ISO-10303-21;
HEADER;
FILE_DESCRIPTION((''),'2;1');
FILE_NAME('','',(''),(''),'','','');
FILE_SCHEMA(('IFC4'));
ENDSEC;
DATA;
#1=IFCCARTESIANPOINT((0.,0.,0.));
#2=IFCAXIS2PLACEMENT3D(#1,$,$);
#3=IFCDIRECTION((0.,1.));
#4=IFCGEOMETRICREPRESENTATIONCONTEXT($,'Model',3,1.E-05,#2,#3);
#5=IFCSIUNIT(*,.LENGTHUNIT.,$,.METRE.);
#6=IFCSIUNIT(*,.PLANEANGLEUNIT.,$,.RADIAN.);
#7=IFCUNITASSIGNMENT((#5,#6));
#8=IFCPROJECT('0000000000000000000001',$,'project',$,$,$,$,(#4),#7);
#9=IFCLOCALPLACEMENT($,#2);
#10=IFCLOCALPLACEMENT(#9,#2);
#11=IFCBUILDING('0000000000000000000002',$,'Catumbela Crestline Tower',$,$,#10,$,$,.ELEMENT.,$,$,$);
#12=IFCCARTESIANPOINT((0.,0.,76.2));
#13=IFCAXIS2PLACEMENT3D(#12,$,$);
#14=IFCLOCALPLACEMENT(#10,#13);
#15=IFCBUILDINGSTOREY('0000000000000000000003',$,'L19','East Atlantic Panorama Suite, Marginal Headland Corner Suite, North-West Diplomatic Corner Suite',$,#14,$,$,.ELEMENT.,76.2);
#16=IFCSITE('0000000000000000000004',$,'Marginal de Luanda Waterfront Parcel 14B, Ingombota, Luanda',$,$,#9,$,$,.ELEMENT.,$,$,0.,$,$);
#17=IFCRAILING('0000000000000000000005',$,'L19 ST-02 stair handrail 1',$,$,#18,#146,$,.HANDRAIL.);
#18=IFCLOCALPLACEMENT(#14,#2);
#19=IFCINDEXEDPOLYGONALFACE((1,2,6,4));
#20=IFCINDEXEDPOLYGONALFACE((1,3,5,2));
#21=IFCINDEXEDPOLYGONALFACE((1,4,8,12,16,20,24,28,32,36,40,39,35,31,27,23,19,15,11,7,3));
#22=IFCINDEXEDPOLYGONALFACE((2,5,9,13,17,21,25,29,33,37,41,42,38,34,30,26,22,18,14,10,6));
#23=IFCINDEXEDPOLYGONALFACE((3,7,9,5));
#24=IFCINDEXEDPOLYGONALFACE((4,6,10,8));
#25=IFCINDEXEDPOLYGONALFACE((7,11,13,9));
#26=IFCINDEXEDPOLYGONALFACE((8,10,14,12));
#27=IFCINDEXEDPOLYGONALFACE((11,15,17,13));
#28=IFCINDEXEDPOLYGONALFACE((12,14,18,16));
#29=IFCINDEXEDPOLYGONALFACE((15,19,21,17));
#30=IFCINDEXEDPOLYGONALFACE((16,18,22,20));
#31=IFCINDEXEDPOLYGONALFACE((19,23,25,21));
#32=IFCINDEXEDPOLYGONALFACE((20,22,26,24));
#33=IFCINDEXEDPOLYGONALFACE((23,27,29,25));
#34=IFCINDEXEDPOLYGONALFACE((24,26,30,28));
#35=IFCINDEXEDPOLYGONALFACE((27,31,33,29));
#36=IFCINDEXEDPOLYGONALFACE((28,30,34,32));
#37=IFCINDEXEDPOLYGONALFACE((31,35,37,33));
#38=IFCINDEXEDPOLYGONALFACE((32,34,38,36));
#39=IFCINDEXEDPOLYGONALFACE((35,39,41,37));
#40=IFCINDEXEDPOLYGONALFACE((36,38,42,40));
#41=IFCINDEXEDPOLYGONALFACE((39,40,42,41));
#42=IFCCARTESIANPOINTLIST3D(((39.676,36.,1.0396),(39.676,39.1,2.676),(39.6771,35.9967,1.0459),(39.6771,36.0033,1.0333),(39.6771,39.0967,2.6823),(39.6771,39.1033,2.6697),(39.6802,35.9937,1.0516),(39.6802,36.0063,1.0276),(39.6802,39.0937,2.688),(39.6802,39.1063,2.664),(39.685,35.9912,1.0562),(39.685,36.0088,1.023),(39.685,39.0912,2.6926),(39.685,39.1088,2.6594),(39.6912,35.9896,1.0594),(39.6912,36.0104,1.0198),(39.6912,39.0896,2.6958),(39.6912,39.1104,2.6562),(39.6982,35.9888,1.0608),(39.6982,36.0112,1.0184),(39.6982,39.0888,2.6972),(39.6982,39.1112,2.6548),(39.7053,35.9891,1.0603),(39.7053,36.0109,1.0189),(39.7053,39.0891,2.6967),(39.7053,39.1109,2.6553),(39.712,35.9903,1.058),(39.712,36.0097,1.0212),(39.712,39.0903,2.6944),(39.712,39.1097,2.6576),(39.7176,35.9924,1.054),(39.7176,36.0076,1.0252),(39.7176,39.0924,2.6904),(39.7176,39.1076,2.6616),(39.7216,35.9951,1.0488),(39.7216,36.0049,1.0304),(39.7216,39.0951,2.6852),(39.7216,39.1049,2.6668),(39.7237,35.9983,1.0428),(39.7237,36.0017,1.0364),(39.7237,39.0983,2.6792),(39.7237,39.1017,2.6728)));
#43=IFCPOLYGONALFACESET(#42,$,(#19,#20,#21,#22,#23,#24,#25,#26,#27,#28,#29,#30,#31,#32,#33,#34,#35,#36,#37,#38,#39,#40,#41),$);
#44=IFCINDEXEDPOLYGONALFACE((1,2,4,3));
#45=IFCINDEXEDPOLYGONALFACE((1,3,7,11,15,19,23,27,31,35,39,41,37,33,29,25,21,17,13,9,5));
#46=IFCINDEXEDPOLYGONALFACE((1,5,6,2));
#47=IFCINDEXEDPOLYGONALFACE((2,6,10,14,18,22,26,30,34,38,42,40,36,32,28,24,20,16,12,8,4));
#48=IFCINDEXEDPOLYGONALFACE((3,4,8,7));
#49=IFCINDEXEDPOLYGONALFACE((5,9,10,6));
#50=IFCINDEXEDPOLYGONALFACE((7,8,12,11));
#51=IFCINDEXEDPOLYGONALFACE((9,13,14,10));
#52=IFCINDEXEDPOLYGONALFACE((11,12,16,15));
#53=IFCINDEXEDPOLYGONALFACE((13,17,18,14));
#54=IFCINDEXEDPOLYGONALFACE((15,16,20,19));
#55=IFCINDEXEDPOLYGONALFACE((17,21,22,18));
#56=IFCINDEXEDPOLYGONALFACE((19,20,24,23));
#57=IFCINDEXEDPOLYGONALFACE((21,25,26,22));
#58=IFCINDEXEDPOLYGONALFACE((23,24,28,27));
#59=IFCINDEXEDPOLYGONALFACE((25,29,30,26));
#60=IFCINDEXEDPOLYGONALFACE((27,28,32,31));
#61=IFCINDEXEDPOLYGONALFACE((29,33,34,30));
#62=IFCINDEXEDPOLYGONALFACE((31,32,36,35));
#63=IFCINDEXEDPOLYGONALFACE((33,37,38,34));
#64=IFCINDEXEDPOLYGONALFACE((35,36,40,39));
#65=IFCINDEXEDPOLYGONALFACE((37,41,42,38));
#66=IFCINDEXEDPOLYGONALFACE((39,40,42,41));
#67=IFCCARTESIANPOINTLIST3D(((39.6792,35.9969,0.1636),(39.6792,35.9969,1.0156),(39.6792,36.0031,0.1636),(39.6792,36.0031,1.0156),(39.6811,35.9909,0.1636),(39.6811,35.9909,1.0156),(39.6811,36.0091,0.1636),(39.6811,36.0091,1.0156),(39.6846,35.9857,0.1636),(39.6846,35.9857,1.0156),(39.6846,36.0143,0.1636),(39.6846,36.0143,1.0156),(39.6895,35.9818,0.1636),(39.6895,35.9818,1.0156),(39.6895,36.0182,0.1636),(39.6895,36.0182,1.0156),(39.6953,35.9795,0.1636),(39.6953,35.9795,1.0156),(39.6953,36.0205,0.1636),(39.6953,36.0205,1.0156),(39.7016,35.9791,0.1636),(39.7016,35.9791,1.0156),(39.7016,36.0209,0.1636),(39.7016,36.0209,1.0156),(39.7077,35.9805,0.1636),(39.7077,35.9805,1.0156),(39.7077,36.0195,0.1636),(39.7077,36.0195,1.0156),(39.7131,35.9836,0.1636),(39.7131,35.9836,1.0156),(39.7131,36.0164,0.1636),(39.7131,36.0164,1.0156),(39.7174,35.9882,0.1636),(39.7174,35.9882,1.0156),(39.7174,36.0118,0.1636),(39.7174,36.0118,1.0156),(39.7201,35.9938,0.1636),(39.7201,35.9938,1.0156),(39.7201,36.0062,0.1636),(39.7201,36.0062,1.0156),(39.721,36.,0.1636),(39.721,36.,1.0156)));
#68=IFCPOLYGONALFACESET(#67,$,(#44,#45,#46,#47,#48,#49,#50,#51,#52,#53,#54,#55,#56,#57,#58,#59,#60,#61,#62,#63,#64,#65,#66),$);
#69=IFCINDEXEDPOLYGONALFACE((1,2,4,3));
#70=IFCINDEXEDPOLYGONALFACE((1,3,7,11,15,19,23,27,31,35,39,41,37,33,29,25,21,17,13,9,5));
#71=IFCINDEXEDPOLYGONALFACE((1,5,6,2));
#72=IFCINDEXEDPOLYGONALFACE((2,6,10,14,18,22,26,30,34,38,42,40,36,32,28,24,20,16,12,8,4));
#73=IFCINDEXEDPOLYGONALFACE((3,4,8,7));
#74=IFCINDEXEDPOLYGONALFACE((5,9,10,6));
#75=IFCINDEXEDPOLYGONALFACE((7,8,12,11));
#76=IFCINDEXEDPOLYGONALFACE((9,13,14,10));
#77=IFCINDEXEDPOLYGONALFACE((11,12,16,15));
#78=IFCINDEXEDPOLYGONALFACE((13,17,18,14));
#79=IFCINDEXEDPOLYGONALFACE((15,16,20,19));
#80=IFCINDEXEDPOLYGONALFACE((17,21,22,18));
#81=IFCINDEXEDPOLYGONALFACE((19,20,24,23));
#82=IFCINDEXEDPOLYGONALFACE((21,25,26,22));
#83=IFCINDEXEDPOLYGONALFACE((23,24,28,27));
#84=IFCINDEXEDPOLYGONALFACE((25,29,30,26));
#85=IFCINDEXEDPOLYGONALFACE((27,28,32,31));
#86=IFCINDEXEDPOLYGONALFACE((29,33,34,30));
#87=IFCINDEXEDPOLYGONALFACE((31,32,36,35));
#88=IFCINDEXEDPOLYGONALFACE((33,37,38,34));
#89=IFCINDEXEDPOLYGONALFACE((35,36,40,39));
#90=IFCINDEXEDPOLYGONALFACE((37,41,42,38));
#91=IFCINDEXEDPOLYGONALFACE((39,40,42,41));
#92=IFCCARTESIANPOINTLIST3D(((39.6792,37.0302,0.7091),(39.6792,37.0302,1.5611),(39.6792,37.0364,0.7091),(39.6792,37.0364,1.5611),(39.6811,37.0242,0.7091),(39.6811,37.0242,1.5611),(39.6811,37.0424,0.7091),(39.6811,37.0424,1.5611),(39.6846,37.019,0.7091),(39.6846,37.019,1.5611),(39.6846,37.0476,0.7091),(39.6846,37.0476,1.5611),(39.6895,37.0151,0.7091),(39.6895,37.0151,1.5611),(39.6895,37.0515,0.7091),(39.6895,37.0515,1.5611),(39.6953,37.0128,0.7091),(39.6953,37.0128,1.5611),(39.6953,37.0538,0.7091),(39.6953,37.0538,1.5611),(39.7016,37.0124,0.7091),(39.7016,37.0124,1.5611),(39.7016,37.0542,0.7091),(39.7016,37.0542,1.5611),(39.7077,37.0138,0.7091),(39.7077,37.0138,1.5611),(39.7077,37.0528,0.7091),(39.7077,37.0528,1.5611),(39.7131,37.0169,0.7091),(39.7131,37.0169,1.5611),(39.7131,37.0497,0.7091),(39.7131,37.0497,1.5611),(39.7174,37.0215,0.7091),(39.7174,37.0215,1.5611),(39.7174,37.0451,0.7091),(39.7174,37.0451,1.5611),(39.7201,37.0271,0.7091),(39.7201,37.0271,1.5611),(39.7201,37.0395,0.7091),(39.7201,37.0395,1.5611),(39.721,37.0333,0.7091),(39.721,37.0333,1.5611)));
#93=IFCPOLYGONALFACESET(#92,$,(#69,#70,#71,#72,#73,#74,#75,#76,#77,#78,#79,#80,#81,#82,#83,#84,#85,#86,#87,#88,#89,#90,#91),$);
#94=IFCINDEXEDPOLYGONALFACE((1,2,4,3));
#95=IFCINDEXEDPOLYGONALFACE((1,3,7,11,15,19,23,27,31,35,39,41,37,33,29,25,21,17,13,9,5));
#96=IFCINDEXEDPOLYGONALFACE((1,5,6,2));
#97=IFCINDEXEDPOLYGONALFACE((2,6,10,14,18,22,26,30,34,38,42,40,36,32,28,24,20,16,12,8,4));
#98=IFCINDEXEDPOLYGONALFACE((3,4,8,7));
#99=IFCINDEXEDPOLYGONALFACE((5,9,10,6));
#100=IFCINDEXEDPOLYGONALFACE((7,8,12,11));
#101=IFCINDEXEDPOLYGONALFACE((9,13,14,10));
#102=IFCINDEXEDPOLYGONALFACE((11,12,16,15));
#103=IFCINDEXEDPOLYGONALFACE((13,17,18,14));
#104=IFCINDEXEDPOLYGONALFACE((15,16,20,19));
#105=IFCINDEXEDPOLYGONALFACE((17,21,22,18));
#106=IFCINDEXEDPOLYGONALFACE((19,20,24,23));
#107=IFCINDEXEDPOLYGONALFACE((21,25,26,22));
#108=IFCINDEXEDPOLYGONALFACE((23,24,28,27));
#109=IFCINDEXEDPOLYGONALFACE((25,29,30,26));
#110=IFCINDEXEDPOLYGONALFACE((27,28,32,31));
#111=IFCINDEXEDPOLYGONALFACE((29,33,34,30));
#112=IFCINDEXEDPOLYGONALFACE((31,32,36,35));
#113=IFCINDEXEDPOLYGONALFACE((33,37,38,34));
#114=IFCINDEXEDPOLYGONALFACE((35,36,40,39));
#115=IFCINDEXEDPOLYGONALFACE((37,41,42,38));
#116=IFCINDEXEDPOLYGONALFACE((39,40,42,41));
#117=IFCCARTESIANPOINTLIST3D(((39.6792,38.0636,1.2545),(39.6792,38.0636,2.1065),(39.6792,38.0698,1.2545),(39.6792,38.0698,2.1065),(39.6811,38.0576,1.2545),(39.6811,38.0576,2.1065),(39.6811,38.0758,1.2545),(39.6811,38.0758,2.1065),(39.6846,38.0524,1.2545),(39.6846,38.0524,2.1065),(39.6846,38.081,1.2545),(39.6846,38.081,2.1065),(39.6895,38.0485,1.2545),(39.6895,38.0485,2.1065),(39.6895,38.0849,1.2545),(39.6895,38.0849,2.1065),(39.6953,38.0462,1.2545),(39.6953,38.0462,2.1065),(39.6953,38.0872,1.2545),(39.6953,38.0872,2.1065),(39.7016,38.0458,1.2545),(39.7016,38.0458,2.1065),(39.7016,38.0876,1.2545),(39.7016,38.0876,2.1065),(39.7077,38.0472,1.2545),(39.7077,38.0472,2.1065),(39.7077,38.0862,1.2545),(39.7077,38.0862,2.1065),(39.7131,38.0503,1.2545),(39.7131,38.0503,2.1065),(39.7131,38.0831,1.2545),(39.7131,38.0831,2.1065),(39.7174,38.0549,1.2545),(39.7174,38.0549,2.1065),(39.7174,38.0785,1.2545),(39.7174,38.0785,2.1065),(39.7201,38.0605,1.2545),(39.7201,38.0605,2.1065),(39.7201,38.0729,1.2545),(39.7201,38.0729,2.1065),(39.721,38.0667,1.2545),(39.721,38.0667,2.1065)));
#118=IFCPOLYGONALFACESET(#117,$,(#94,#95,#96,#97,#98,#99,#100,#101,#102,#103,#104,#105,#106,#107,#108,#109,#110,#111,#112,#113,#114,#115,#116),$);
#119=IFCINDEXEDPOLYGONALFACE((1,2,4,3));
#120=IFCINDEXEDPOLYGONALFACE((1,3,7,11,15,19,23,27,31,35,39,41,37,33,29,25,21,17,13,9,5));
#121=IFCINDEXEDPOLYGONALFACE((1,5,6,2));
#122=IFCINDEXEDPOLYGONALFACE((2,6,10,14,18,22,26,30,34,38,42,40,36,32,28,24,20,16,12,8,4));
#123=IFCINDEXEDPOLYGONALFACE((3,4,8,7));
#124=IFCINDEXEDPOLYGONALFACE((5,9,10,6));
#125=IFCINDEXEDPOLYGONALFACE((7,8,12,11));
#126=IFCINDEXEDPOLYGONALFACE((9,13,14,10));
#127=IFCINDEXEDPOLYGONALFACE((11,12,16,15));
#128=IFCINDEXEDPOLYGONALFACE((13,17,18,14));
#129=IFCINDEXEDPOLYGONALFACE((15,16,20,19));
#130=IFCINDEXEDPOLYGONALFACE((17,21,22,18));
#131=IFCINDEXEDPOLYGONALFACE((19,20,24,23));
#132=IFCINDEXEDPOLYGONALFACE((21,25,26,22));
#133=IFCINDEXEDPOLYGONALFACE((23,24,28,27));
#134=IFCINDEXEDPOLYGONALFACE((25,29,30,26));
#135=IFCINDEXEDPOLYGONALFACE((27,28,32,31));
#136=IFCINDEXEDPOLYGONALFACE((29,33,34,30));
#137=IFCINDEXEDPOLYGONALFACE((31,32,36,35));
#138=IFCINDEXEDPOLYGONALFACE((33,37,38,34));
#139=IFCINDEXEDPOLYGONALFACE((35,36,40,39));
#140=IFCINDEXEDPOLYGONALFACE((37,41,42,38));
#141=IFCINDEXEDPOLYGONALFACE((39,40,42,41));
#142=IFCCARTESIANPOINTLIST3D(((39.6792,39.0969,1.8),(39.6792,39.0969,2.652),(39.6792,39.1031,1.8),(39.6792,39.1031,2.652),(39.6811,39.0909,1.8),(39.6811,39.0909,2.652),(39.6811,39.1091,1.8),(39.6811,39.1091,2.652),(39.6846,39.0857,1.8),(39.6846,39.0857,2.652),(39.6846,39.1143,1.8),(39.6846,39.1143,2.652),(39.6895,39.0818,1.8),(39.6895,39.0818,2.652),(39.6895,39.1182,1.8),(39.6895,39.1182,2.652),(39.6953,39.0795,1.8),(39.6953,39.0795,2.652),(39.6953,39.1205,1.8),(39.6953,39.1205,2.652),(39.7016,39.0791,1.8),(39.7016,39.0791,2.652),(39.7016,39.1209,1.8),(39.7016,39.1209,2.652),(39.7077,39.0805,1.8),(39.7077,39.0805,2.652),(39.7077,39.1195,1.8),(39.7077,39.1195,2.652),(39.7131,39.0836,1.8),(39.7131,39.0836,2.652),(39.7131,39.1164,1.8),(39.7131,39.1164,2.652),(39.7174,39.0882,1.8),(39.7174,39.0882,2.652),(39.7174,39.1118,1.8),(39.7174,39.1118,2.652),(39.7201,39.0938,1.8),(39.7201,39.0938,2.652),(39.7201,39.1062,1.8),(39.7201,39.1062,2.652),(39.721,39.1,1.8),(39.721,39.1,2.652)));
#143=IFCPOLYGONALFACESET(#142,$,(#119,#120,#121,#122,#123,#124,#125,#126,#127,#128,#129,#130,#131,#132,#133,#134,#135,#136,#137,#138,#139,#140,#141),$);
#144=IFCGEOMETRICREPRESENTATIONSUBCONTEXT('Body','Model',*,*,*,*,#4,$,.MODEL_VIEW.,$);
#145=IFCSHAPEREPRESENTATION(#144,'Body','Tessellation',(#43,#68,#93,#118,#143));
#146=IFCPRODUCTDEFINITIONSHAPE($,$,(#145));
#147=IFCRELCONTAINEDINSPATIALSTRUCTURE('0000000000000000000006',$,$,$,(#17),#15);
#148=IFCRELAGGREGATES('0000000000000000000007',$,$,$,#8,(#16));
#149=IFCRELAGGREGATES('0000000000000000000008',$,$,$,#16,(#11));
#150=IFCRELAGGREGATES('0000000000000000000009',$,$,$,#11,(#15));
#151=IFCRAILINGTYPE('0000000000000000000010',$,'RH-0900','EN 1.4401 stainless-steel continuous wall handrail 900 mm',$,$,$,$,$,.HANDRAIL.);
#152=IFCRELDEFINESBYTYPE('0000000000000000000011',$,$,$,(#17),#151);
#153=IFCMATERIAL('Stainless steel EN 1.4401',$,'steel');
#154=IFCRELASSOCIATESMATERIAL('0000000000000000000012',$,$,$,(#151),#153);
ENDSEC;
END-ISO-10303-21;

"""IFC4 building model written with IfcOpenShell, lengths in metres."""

from ifc_helpers import new_model, si_unit, direction, frame, origin, origin_2d, place, context, subcontext, project, spatial, circle, extrude, material, type_object, element, save


model = new_model("IFC4")

# Units and contexts
model_context = context("Model", 3, precision=1e-05, world=origin(), true_north=direction((0.0, 1.0)))
body_context = subcontext(model_context, "Body", "Model", "MODEL_VIEW")
ifc_project = project(units=[si_unit("LENGTHUNIT", "METRE"), si_unit("PLANEANGLEUNIT", "RADIAN")], contexts=[model_context])

# Site, building, storey
site_placement = place(None, origin())
site = spatial("IfcSite", under=ifc_project, at=site_placement, Name="Marginal de Luanda Waterfront Parcel 14B, Ingombota, Luanda", CompositionType="ELEMENT", RefElevation=0.0)
building_placement = place(site_placement, origin())
building = spatial("IfcBuilding", under=site, at=building_placement, Name="Catumbela Crestline Tower", CompositionType="ELEMENT")
storey_placement = place(building_placement, frame((0.0, 0.0, 76.2)))
storey = spatial("IfcBuildingStorey", under=building, at=storey_placement, Name="L19", Description="East Atlantic Panorama Suite, Marginal Headland Corner Suite, North-West Diplomatic Corner Suite", CompositionType="ELEMENT", Elevation=76.2)

# Shared definitions
ifc_material_1 = material(Name="Stainless steel EN 1.4401", Category="steel")

# Railing
railing_type_1 = type_object("IfcRailingType", Name="RH-0900", Description="EN 1.4401 stainless-steel continuous wall handrail 900 mm", PredefinedType="HANDRAIL", material=ifc_material_1)
railing_1_placement = place(storey_placement, frame((39.7, 36.0, 0.1636)))
element("IfcRailing", 1, at=railing_1_placement, inside=storey, type_object=railing_type_1, Name="L19 ST-02 stair handrail 1", PredefinedType="HANDRAIL", context=body_context, shape_type="SweptSolid", body=[
    extrude(circle(Radius=0.024, at=origin_2d()), frame((0.0, 0.0, 0.876), z_axis=(0.0, 0.884351, 0.466823), x_axis=(-1.0, 0.0, 0.0)), (0.0, 0.0, 1.0), 3.5054),
    extrude(circle(Radius=0.021, at=origin_2d()), origin(), (0.0, 0.0, 1.0), 0.852),
    extrude(circle(Radius=0.021, at=origin_2d()), frame((0.0, 1.0333, 0.5455)), (0.0, 0.0, 1.0), 0.852),
    extrude(circle(Radius=0.021, at=origin_2d()), frame((0.0, 2.0667, 1.0909)), (0.0, 0.0, 1.0), 0.852),
    extrude(circle(Radius=0.021, at=origin_2d()), frame((0.0, 3.1, 1.6364)), (0.0, 0.0, 1.0), 0.852),
])

save(model, "model.ifc")
